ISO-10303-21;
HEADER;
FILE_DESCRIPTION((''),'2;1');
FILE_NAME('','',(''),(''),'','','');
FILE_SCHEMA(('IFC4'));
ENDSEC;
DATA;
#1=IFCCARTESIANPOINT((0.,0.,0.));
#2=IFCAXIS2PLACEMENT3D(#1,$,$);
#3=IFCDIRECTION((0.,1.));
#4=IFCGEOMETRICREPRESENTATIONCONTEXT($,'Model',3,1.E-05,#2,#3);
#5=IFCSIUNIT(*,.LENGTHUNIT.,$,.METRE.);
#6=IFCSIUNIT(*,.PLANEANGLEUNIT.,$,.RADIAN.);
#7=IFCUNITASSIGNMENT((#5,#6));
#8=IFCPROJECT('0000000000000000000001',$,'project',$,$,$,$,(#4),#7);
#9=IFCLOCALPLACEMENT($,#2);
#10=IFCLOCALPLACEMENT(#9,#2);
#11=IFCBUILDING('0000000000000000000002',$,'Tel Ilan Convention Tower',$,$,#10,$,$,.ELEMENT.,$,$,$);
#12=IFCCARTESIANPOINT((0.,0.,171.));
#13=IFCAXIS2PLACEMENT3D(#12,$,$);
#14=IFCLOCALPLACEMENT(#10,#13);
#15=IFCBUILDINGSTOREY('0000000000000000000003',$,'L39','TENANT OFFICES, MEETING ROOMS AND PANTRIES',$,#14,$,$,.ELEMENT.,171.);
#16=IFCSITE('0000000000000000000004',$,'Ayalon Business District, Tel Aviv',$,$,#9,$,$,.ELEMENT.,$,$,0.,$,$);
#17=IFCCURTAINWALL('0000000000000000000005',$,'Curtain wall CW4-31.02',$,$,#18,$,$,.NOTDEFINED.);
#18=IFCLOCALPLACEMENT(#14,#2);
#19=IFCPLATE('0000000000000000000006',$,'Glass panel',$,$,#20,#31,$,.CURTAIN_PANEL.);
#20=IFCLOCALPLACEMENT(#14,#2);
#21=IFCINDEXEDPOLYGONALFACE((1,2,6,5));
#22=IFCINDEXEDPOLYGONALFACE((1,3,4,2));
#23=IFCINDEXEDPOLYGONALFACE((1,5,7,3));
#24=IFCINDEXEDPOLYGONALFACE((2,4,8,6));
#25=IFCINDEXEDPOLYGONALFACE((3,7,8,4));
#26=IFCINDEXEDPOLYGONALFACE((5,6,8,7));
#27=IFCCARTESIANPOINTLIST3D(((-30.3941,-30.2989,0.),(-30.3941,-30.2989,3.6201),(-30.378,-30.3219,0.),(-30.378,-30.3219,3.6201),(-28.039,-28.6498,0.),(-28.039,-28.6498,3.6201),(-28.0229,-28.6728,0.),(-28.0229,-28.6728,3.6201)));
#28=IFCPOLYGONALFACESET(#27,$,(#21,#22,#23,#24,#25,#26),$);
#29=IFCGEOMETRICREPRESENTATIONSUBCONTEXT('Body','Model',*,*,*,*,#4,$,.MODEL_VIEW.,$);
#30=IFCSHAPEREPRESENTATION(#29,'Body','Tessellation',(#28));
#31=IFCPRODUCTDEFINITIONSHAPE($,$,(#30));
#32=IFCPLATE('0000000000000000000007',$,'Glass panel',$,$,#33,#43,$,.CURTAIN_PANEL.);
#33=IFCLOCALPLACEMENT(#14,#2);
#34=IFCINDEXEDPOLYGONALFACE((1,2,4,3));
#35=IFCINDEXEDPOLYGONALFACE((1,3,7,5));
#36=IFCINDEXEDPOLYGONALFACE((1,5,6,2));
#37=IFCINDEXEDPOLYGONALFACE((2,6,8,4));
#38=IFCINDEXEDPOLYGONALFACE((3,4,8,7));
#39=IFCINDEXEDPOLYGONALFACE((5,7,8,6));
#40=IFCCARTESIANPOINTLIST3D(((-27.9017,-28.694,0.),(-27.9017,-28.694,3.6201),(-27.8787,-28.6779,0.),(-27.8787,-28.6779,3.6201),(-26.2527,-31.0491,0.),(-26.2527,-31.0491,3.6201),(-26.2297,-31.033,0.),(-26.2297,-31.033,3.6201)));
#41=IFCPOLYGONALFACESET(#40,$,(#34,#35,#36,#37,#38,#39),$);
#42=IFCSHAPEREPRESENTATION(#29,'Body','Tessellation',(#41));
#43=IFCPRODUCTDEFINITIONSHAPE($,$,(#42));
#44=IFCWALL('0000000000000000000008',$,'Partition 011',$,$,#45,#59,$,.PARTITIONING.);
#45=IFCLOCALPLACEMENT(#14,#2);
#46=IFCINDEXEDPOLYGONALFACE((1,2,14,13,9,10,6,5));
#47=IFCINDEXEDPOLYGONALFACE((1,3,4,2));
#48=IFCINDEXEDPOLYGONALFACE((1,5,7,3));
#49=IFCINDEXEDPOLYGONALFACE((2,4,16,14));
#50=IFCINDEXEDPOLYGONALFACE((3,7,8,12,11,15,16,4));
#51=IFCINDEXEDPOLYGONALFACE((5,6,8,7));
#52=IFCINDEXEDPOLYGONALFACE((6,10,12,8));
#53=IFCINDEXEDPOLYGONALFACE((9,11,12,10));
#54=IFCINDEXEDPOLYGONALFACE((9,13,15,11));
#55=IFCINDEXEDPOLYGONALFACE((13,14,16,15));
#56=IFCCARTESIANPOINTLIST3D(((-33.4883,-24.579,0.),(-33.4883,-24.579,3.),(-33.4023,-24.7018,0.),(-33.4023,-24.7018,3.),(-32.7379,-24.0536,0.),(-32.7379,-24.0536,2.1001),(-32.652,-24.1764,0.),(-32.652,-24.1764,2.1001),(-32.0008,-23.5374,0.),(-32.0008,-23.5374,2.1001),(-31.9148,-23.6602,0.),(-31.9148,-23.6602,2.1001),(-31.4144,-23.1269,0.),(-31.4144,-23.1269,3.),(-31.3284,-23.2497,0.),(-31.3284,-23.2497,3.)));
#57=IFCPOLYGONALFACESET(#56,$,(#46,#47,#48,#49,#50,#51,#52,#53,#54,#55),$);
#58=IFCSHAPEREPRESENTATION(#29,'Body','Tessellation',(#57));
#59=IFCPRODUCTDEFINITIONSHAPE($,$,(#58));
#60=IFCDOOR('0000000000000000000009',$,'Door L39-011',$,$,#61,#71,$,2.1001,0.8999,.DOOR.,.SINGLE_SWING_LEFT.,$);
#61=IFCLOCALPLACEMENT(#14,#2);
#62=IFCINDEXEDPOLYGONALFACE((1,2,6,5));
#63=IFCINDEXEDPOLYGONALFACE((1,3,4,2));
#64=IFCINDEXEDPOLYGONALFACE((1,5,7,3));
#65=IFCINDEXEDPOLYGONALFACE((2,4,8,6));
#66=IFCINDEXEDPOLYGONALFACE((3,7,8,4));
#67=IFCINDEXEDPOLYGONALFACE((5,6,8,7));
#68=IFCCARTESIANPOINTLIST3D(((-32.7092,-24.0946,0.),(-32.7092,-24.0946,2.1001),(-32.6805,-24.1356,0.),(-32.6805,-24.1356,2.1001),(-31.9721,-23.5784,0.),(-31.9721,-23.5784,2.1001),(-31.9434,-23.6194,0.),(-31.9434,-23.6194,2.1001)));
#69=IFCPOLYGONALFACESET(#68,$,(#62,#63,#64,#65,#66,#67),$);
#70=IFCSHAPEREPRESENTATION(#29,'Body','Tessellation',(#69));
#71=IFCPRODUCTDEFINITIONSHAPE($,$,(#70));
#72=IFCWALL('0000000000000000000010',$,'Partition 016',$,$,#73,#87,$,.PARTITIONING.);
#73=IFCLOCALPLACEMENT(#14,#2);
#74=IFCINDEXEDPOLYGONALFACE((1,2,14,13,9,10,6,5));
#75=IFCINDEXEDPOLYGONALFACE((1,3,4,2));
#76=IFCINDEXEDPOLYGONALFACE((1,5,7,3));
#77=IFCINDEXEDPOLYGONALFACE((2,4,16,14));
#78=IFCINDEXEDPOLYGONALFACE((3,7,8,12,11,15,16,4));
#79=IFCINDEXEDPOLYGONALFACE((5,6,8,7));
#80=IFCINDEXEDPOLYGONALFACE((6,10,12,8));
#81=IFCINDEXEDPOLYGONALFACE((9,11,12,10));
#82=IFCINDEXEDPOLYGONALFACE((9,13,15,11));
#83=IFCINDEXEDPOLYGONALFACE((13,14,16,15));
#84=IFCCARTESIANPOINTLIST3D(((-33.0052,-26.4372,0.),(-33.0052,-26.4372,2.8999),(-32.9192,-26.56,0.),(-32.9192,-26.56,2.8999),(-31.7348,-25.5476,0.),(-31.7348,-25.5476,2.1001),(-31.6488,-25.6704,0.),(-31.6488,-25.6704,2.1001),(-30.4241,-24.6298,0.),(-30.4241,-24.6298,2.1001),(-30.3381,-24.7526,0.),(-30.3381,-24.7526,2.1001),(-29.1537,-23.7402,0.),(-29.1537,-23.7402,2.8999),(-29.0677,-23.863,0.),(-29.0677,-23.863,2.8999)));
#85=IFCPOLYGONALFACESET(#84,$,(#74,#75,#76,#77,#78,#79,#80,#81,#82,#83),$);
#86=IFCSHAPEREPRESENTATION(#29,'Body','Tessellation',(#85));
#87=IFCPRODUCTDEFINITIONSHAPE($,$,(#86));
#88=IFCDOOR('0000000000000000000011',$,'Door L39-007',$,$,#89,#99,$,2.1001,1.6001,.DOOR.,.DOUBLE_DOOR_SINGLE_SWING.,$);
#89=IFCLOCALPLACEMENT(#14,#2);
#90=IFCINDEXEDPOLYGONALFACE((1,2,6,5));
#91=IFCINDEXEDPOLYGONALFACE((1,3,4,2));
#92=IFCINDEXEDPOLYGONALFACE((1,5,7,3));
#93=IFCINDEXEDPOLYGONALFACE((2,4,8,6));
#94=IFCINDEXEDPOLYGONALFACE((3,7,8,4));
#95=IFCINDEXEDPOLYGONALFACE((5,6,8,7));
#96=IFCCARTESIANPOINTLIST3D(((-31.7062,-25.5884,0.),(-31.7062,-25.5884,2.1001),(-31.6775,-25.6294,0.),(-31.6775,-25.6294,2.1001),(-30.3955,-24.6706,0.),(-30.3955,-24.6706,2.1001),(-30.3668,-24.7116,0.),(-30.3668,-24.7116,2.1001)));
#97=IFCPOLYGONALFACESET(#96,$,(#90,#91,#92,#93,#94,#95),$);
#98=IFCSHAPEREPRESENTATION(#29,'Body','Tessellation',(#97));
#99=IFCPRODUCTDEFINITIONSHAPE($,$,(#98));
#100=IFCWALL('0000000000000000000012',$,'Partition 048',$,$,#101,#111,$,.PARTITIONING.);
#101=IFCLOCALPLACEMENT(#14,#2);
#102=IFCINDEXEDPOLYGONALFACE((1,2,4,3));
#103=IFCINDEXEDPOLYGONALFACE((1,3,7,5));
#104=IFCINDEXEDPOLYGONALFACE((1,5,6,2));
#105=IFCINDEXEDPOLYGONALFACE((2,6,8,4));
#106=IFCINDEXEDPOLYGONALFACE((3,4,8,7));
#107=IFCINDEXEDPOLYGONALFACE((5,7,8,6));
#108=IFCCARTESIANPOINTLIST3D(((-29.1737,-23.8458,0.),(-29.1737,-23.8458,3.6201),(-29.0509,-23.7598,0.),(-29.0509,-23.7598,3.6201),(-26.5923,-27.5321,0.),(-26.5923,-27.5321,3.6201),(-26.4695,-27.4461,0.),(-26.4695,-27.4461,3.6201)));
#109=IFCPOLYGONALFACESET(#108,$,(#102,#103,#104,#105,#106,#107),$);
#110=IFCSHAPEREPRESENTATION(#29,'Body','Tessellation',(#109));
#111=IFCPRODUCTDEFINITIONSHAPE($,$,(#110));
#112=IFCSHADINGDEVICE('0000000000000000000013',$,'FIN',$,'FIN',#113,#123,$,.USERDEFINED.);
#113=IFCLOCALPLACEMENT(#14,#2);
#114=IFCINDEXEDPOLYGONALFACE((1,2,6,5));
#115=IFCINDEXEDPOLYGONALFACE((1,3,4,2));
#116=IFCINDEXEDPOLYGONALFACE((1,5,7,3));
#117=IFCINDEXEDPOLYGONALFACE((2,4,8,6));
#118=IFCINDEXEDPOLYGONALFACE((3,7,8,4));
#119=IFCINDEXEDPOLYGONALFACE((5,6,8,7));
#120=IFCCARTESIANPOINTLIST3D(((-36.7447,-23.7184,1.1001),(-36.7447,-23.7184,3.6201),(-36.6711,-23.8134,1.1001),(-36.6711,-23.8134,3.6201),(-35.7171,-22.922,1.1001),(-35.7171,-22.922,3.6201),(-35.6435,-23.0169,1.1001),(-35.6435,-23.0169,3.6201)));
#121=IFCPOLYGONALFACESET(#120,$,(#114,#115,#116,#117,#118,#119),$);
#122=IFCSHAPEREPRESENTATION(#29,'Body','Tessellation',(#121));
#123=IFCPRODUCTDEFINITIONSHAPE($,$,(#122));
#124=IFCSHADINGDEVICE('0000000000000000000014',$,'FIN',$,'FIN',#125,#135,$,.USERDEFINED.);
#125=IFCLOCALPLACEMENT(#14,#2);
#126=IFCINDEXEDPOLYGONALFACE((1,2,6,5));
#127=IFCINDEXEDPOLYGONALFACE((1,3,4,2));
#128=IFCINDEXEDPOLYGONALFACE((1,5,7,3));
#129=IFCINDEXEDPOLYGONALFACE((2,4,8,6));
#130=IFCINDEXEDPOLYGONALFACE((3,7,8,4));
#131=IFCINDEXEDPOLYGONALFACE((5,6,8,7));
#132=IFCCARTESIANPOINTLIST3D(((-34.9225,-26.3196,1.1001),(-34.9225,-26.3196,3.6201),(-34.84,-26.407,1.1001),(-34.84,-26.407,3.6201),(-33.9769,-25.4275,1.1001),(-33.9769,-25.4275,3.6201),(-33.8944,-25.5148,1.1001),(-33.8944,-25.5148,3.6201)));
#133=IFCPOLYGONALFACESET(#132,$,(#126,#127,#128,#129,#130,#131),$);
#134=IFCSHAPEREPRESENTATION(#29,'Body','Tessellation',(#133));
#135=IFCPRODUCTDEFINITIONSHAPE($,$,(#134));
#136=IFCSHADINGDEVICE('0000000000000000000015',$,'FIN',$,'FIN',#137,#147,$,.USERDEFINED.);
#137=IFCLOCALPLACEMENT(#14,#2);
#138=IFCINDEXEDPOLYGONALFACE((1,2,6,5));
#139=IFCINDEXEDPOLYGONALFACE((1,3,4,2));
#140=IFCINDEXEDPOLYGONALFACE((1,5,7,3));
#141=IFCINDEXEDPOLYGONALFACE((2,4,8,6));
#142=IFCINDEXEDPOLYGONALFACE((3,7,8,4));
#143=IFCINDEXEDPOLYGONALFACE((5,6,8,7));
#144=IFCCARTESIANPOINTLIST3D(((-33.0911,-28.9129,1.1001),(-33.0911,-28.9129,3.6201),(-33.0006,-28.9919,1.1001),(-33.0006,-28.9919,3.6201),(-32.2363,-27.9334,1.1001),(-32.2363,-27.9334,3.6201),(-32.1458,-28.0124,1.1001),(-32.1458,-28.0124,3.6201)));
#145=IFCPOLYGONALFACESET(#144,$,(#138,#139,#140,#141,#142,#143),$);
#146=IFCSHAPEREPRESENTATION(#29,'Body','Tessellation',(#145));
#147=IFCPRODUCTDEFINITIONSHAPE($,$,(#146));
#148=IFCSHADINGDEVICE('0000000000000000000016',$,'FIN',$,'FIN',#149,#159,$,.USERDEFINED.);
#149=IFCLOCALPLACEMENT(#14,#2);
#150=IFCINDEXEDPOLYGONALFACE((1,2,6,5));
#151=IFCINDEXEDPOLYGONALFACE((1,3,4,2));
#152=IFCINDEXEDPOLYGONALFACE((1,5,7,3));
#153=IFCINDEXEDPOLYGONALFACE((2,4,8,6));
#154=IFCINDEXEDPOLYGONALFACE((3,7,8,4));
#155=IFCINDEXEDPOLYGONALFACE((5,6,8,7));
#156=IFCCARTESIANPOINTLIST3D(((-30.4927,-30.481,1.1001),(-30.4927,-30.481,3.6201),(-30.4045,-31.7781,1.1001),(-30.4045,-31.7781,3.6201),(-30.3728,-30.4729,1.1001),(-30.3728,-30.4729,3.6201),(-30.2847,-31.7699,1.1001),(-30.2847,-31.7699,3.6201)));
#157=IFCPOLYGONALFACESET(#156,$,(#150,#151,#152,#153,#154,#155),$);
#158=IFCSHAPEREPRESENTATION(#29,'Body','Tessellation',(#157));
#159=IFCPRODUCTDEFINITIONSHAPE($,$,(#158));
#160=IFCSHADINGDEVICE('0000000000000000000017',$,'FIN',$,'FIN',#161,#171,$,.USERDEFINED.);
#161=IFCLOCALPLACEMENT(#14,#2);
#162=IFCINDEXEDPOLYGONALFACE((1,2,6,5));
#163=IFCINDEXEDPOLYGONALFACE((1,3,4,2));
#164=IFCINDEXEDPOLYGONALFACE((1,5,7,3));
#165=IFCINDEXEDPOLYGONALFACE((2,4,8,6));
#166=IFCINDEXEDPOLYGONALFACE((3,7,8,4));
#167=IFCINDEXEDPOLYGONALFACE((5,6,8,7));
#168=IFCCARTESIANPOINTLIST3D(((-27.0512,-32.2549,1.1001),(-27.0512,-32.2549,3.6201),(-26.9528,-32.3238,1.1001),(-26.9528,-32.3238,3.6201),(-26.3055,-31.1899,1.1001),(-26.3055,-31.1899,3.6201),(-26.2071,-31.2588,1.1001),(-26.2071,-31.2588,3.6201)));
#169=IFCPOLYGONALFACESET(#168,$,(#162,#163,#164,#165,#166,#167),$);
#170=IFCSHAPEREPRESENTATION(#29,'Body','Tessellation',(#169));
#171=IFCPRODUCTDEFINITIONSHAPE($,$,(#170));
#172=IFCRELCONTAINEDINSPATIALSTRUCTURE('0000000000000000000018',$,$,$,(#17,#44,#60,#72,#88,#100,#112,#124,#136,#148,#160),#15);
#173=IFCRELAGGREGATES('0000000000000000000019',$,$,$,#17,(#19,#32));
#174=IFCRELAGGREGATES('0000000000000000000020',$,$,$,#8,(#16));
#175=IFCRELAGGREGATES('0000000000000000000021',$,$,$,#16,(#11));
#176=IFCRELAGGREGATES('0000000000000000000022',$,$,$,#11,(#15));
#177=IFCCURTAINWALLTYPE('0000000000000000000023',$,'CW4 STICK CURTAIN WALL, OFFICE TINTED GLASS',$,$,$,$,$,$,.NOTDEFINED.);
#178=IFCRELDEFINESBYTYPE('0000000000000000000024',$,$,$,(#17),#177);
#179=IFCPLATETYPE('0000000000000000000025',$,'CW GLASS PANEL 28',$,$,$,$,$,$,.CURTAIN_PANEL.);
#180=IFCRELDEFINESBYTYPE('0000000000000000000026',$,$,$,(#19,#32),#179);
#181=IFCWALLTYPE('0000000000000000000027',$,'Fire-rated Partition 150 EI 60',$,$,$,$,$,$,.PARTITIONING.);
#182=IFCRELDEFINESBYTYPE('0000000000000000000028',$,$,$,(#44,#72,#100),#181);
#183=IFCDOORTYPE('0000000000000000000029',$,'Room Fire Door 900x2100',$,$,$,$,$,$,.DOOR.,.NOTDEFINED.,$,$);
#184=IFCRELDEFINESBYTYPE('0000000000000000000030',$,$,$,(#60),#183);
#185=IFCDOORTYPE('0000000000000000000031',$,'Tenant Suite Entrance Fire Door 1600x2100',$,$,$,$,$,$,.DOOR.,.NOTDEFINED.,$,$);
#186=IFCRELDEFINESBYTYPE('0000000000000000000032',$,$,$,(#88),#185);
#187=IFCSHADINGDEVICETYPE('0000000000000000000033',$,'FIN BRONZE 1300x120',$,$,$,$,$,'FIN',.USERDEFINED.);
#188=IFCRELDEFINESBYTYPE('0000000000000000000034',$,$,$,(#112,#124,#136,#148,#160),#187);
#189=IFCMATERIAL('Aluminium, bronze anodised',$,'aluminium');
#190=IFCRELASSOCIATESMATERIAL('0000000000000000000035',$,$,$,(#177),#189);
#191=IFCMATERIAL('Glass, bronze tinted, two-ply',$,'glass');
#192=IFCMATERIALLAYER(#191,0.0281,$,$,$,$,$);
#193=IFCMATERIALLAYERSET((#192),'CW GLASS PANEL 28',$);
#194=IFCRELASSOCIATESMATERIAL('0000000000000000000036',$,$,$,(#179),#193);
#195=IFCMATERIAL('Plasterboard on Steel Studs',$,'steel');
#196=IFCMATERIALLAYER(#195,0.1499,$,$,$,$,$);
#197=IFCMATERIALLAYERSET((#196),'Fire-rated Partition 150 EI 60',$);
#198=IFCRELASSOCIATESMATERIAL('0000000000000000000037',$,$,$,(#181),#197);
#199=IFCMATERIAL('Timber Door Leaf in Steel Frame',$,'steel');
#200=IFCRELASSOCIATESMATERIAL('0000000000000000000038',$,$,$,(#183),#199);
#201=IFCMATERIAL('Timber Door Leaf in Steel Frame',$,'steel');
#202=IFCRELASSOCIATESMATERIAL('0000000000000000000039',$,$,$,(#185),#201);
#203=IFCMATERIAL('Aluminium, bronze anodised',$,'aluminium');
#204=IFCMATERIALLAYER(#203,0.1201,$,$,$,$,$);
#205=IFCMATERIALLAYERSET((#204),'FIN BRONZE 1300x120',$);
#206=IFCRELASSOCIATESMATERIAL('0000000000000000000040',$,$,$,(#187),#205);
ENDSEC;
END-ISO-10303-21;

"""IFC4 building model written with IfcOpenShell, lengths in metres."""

from ifc_helpers import new_model, si_unit, direction, frame, frame_2d, origin, origin_2d, place, context, subcontext, project, spatial, rectangle, extrude, material, layer, layer_set, type_object, element, fill, aggregate, save


model = new_model("IFC4")

# Units and contexts
model_context = context("Model", 3, precision=1e-05, world=origin(), true_north=direction((0.0, 1.0)))
body_context = subcontext(model_context, "Body", "Model", "MODEL_VIEW")
ifc_project = project(units=[si_unit("LENGTHUNIT", "METRE"), si_unit("PLANEANGLEUNIT", "RADIAN")], contexts=[model_context])

# Site, building, storey
site_placement = place(None, origin())
site = spatial("IfcSite", under=ifc_project, at=site_placement, Name="Ayalon Business District, Tel Aviv", CompositionType="ELEMENT", RefElevation=0.0)
building_placement = place(site_placement, origin())
building = spatial("IfcBuilding", under=site, at=building_placement, Name="Tel Ilan Convention Tower", CompositionType="ELEMENT")
storey_placement = place(building_placement, frame((0.0, 0.0, 171.0)))
storey = spatial("IfcBuildingStorey", under=building, at=storey_placement, Name="L39", Description="TENANT OFFICES, MEETING ROOMS AND PANTRIES", CompositionType="ELEMENT", Elevation=171.0)

# Curtain wall, plates
ifc_material_1 = material(Name="Aluminium, bronze anodised", Category="aluminium")
curtain_wall_type = type_object("IfcCurtainWallType", Name="CW4 STICK CURTAIN WALL, OFFICE TINTED GLASS", PredefinedType="NOTDEFINED", material=ifc_material_1)
curtain_wall_placement = place(storey_placement, origin())
curtain_wall = element("IfcCurtainWall", 1, at=curtain_wall_placement, inside=storey, type_object=curtain_wall_type, Name="Curtain wall CW4-31.02", PredefinedType="NOTDEFINED")
ifc_material_2 = material(Name="Glass, bronze tinted, two-ply", Category="glass")
ifc_layer_1 = layer(ifc_material_2, 0.0281)
ifc_layer_set_1 = layer_set([ifc_layer_1], Name="CW GLASS PANEL 28")
plate_type = type_object("IfcPlateType", Name="CW GLASS PANEL 28", PredefinedType="CURTAIN_PANEL", material=ifc_layer_set_1)
plate_1_placement = place(storey_placement, frame((-29.2085, -29.4858, 0.0), z_axis=(0.0, 0.0, 1.0), x_axis=(0.819152, 0.573576, 0.0)))
plate_1 = element("IfcPlate", 2, at=plate_1_placement, type_object=plate_type, Name="Glass panel", PredefinedType="CURTAIN_PANEL", context=body_context, shape_type="SweptSolid", body=[
    extrude(rectangle(XDim=2.875, YDim=0.0281, at=origin_2d()), origin(), (0.0, 0.0, 1.0), 3.6201),
])
plate_2_placement = place(storey_placement, frame((-27.0657, -29.8635, 0.0), z_axis=(0.0, 0.0, 1.0), x_axis=(0.573576, -0.819152, 0.0)))
plate_2 = element("IfcPlate", 3, at=plate_2_placement, type_object=plate_type, Name="Glass panel", PredefinedType="CURTAIN_PANEL", context=body_context, shape_type="SweptSolid", body=[
    extrude(rectangle(XDim=2.875, YDim=0.0281, at=origin_2d()), origin(), (0.0, 0.0, 1.0), 3.6201),
])
aggregate(curtain_wall, [plate_1, plate_2])

# Walls, openings, doors
ifc_material_3 = material(Name="Plasterboard on Steel Studs", Category="steel")
ifc_layer_2 = layer(ifc_material_3, 0.1499)
ifc_layer_set_2 = layer_set([ifc_layer_2], Name="Fire-rated Partition 150 EI 60")
wall_type = type_object("IfcWallType", Name="Fire-rated Partition 150 EI 60", PredefinedType="PARTITIONING", material=ifc_layer_set_2)
wall_1_placement = place(storey_placement, frame((-33.4453, -24.6404, 0.0), z_axis=(0.0, 0.0, 1.0), x_axis=(0.819164, 0.573559, 0.0)))
wall_1 = element("IfcWall", 4, at=wall_1_placement, inside=storey, type_object=wall_type, Name="Partition 011", PredefinedType="PARTITIONING", context=body_context, shape_type="SweptSolid", body=[
    extrude(rectangle(XDim=2.5317, YDim=0.1499, at=frame_2d((1.2659, 0.0))), origin(), (0.0, 0.0, 1.0), 3.0),
])
opening_1_placement = place(wall_1_placement, frame((0.916, 0.0, 0.0)))
opening_1 = element("IfcOpeningElement", 5, at=opening_1_placement, cuts=wall_1, PredefinedType="OPENING", context=body_context, shape_type="SweptSolid", body=[
    extrude(rectangle(XDim=0.8999, YDim=2.1001, at=frame_2d((0.45, 1.05))), frame((0.0, 0.085, 0.0), z_axis=(0.0, -1.0, 0.0), x_axis=(1.0, 0.0, 0.0)), (0.0, 0.0, 1.0), 0.1699),
])
ifc_material_4 = material(Name="Timber Door Leaf in Steel Frame", Category="steel")
door_type_1 = type_object("IfcDoorType", Name="Room Fire Door 900x2100", OperationType="NOTDEFINED", PredefinedType="DOOR", material=ifc_material_4)
door_1_placement = place(opening_1_placement, origin())
door_1 = element("IfcDoor", 6, at=door_1_placement, inside=storey, type_object=door_type_1, Name="Door L39-011", OperationType="SINGLE_SWING_LEFT", OverallHeight=2.1001, OverallWidth=0.8999, PredefinedType="DOOR", context=body_context, shape_type="SweptSolid", body=[
    extrude(rectangle(XDim=0.8999, YDim=2.1001, at=frame_2d((0.45, 1.05))), frame((0.0, 0.0249, 0.0), z_axis=(0.0, -1.0, 0.0), x_axis=(1.0, 0.0, 0.0)), (0.0, 0.0, 1.0), 0.05),
])
fill(opening_1, door_1)
wall_2_placement = place(storey_placement, frame((-29.1106, -23.8015, 0.0), z_axis=(0.0, 0.0, 1.0), x_axis=(-0.819139, -0.573595, 0.0)))
wall_2 = element("IfcWall", 7, at=wall_2_placement, inside=storey, type_object=wall_type, Name="Partition 016", PredefinedType="PARTITIONING", context=body_context, shape_type="SweptSolid", body=[
    extrude(rectangle(XDim=4.7019, YDim=0.1499, at=frame_2d((2.3511, 0.0))), origin(), (0.0, 0.0, 1.0), 2.8999),
])
opening_2_placement = place(wall_2_placement, frame((1.551, 0.0, 0.0)))
opening_2 = element("IfcOpeningElement", 8, at=opening_2_placement, cuts=wall_2, PredefinedType="OPENING", context=body_context, shape_type="SweptSolid", body=[
    extrude(rectangle(XDim=1.6001, YDim=2.1001, at=frame_2d((0.8, 1.05))), frame((0.0, 0.085, 0.0), z_axis=(0.0, -1.0, 0.0), x_axis=(1.0, 0.0, 0.0)), (0.0, 0.0, 1.0), 0.1699),
])
ifc_material_5 = material(Name="Timber Door Leaf in Steel Frame", Category="steel")
door_type_2 = type_object("IfcDoorType", Name="Tenant Suite Entrance Fire Door 1600x2100", OperationType="NOTDEFINED", PredefinedType="DOOR", material=ifc_material_5)
door_2_placement = place(opening_2_placement, origin())
door_2 = element("IfcDoor", 9, at=door_2_placement, inside=storey, type_object=door_type_2, Name="Door L39-007", OperationType="DOUBLE_DOOR_SINGLE_SWING", OverallHeight=2.1001, OverallWidth=1.6001, PredefinedType="DOOR", context=body_context, shape_type="SweptSolid", body=[
    extrude(rectangle(XDim=1.6001, YDim=2.1001, at=frame_2d((0.8, 1.05))), frame((0.0, 0.0249, 0.0), z_axis=(0.0, -1.0, 0.0), x_axis=(1.0, 0.0, 0.0)), (0.0, 0.0, 1.0), 0.05),
])
fill(opening_2, door_2)

# Wall
wall_3_placement = place(storey_placement, frame((-26.531, -27.489, 0.0), z_axis=(0.0, 0.0, 1.0), x_axis=(-0.573597, 0.819138, 0.0)))
element("IfcWall", 10, at=wall_3_placement, inside=storey, type_object=wall_type, Name="Partition 048", PredefinedType="PARTITIONING", context=body_context, shape_type="SweptSolid", body=[
    extrude(rectangle(XDim=4.5002, YDim=0.1499, at=frame_2d((2.25, 0.0))), origin(), (0.0, 0.0, 1.0), 3.6201),
])

# Shading devices
ifc_material_6 = material(Name="Aluminium, bronze anodised", Category="aluminium")
ifc_layer_3 = layer(ifc_material_6, 0.1201)
ifc_layer_set_3 = layer_set([ifc_layer_3], Name="FIN BRONZE 1300x120")
shading_device_type = type_object("IfcShadingDeviceType", Name="FIN BRONZE 1300x120", ElementType="FIN", PredefinedType="USERDEFINED", material=ifc_layer_set_3)
for number, where, z_axis, x_axis, name in (
    (11, (-36.1941, -23.3677, 1.1001), (0.0, 0.0, 1.0), (-0.790393, -0.612601, 0.0), "FIN"),
    (12, (-34.4084, -25.9172, 1.1001), (0.0, 0.0, 1.0), (-0.727374, -0.686242, 0.0), "FIN"),
    (13, (-32.6184, -28.4626, 1.1001), (0.0, 0.0, 1.0), (-0.657521, -0.753436, 0.0), "FIN"),
    (14, (-30.3887, -31.1255, 1.1001), (0.0, 0.0, 1.0), (0.067822, -0.997697, 0.0), "FIN"),
    (15, (-26.6292, -31.7568, 1.1001), (0.0, 0.0, 1.0), (-0.573576, -0.819152, 0.0), "FIN"),
):
    element("IfcShadingDevice", number, at=place(storey_placement, frame(where, z_axis=z_axis, x_axis=x_axis)), inside=storey, type_object=shading_device_type, Name=name, ObjectType="FIN", PredefinedType="USERDEFINED", context=body_context, shape_type="SweptSolid", body=[
        extrude(rectangle(XDim=1.3, YDim=0.1201, at=origin_2d()), origin(), (0.0, 0.0, 1.0), 2.52),
    ])

save(model, "model.ifc")
